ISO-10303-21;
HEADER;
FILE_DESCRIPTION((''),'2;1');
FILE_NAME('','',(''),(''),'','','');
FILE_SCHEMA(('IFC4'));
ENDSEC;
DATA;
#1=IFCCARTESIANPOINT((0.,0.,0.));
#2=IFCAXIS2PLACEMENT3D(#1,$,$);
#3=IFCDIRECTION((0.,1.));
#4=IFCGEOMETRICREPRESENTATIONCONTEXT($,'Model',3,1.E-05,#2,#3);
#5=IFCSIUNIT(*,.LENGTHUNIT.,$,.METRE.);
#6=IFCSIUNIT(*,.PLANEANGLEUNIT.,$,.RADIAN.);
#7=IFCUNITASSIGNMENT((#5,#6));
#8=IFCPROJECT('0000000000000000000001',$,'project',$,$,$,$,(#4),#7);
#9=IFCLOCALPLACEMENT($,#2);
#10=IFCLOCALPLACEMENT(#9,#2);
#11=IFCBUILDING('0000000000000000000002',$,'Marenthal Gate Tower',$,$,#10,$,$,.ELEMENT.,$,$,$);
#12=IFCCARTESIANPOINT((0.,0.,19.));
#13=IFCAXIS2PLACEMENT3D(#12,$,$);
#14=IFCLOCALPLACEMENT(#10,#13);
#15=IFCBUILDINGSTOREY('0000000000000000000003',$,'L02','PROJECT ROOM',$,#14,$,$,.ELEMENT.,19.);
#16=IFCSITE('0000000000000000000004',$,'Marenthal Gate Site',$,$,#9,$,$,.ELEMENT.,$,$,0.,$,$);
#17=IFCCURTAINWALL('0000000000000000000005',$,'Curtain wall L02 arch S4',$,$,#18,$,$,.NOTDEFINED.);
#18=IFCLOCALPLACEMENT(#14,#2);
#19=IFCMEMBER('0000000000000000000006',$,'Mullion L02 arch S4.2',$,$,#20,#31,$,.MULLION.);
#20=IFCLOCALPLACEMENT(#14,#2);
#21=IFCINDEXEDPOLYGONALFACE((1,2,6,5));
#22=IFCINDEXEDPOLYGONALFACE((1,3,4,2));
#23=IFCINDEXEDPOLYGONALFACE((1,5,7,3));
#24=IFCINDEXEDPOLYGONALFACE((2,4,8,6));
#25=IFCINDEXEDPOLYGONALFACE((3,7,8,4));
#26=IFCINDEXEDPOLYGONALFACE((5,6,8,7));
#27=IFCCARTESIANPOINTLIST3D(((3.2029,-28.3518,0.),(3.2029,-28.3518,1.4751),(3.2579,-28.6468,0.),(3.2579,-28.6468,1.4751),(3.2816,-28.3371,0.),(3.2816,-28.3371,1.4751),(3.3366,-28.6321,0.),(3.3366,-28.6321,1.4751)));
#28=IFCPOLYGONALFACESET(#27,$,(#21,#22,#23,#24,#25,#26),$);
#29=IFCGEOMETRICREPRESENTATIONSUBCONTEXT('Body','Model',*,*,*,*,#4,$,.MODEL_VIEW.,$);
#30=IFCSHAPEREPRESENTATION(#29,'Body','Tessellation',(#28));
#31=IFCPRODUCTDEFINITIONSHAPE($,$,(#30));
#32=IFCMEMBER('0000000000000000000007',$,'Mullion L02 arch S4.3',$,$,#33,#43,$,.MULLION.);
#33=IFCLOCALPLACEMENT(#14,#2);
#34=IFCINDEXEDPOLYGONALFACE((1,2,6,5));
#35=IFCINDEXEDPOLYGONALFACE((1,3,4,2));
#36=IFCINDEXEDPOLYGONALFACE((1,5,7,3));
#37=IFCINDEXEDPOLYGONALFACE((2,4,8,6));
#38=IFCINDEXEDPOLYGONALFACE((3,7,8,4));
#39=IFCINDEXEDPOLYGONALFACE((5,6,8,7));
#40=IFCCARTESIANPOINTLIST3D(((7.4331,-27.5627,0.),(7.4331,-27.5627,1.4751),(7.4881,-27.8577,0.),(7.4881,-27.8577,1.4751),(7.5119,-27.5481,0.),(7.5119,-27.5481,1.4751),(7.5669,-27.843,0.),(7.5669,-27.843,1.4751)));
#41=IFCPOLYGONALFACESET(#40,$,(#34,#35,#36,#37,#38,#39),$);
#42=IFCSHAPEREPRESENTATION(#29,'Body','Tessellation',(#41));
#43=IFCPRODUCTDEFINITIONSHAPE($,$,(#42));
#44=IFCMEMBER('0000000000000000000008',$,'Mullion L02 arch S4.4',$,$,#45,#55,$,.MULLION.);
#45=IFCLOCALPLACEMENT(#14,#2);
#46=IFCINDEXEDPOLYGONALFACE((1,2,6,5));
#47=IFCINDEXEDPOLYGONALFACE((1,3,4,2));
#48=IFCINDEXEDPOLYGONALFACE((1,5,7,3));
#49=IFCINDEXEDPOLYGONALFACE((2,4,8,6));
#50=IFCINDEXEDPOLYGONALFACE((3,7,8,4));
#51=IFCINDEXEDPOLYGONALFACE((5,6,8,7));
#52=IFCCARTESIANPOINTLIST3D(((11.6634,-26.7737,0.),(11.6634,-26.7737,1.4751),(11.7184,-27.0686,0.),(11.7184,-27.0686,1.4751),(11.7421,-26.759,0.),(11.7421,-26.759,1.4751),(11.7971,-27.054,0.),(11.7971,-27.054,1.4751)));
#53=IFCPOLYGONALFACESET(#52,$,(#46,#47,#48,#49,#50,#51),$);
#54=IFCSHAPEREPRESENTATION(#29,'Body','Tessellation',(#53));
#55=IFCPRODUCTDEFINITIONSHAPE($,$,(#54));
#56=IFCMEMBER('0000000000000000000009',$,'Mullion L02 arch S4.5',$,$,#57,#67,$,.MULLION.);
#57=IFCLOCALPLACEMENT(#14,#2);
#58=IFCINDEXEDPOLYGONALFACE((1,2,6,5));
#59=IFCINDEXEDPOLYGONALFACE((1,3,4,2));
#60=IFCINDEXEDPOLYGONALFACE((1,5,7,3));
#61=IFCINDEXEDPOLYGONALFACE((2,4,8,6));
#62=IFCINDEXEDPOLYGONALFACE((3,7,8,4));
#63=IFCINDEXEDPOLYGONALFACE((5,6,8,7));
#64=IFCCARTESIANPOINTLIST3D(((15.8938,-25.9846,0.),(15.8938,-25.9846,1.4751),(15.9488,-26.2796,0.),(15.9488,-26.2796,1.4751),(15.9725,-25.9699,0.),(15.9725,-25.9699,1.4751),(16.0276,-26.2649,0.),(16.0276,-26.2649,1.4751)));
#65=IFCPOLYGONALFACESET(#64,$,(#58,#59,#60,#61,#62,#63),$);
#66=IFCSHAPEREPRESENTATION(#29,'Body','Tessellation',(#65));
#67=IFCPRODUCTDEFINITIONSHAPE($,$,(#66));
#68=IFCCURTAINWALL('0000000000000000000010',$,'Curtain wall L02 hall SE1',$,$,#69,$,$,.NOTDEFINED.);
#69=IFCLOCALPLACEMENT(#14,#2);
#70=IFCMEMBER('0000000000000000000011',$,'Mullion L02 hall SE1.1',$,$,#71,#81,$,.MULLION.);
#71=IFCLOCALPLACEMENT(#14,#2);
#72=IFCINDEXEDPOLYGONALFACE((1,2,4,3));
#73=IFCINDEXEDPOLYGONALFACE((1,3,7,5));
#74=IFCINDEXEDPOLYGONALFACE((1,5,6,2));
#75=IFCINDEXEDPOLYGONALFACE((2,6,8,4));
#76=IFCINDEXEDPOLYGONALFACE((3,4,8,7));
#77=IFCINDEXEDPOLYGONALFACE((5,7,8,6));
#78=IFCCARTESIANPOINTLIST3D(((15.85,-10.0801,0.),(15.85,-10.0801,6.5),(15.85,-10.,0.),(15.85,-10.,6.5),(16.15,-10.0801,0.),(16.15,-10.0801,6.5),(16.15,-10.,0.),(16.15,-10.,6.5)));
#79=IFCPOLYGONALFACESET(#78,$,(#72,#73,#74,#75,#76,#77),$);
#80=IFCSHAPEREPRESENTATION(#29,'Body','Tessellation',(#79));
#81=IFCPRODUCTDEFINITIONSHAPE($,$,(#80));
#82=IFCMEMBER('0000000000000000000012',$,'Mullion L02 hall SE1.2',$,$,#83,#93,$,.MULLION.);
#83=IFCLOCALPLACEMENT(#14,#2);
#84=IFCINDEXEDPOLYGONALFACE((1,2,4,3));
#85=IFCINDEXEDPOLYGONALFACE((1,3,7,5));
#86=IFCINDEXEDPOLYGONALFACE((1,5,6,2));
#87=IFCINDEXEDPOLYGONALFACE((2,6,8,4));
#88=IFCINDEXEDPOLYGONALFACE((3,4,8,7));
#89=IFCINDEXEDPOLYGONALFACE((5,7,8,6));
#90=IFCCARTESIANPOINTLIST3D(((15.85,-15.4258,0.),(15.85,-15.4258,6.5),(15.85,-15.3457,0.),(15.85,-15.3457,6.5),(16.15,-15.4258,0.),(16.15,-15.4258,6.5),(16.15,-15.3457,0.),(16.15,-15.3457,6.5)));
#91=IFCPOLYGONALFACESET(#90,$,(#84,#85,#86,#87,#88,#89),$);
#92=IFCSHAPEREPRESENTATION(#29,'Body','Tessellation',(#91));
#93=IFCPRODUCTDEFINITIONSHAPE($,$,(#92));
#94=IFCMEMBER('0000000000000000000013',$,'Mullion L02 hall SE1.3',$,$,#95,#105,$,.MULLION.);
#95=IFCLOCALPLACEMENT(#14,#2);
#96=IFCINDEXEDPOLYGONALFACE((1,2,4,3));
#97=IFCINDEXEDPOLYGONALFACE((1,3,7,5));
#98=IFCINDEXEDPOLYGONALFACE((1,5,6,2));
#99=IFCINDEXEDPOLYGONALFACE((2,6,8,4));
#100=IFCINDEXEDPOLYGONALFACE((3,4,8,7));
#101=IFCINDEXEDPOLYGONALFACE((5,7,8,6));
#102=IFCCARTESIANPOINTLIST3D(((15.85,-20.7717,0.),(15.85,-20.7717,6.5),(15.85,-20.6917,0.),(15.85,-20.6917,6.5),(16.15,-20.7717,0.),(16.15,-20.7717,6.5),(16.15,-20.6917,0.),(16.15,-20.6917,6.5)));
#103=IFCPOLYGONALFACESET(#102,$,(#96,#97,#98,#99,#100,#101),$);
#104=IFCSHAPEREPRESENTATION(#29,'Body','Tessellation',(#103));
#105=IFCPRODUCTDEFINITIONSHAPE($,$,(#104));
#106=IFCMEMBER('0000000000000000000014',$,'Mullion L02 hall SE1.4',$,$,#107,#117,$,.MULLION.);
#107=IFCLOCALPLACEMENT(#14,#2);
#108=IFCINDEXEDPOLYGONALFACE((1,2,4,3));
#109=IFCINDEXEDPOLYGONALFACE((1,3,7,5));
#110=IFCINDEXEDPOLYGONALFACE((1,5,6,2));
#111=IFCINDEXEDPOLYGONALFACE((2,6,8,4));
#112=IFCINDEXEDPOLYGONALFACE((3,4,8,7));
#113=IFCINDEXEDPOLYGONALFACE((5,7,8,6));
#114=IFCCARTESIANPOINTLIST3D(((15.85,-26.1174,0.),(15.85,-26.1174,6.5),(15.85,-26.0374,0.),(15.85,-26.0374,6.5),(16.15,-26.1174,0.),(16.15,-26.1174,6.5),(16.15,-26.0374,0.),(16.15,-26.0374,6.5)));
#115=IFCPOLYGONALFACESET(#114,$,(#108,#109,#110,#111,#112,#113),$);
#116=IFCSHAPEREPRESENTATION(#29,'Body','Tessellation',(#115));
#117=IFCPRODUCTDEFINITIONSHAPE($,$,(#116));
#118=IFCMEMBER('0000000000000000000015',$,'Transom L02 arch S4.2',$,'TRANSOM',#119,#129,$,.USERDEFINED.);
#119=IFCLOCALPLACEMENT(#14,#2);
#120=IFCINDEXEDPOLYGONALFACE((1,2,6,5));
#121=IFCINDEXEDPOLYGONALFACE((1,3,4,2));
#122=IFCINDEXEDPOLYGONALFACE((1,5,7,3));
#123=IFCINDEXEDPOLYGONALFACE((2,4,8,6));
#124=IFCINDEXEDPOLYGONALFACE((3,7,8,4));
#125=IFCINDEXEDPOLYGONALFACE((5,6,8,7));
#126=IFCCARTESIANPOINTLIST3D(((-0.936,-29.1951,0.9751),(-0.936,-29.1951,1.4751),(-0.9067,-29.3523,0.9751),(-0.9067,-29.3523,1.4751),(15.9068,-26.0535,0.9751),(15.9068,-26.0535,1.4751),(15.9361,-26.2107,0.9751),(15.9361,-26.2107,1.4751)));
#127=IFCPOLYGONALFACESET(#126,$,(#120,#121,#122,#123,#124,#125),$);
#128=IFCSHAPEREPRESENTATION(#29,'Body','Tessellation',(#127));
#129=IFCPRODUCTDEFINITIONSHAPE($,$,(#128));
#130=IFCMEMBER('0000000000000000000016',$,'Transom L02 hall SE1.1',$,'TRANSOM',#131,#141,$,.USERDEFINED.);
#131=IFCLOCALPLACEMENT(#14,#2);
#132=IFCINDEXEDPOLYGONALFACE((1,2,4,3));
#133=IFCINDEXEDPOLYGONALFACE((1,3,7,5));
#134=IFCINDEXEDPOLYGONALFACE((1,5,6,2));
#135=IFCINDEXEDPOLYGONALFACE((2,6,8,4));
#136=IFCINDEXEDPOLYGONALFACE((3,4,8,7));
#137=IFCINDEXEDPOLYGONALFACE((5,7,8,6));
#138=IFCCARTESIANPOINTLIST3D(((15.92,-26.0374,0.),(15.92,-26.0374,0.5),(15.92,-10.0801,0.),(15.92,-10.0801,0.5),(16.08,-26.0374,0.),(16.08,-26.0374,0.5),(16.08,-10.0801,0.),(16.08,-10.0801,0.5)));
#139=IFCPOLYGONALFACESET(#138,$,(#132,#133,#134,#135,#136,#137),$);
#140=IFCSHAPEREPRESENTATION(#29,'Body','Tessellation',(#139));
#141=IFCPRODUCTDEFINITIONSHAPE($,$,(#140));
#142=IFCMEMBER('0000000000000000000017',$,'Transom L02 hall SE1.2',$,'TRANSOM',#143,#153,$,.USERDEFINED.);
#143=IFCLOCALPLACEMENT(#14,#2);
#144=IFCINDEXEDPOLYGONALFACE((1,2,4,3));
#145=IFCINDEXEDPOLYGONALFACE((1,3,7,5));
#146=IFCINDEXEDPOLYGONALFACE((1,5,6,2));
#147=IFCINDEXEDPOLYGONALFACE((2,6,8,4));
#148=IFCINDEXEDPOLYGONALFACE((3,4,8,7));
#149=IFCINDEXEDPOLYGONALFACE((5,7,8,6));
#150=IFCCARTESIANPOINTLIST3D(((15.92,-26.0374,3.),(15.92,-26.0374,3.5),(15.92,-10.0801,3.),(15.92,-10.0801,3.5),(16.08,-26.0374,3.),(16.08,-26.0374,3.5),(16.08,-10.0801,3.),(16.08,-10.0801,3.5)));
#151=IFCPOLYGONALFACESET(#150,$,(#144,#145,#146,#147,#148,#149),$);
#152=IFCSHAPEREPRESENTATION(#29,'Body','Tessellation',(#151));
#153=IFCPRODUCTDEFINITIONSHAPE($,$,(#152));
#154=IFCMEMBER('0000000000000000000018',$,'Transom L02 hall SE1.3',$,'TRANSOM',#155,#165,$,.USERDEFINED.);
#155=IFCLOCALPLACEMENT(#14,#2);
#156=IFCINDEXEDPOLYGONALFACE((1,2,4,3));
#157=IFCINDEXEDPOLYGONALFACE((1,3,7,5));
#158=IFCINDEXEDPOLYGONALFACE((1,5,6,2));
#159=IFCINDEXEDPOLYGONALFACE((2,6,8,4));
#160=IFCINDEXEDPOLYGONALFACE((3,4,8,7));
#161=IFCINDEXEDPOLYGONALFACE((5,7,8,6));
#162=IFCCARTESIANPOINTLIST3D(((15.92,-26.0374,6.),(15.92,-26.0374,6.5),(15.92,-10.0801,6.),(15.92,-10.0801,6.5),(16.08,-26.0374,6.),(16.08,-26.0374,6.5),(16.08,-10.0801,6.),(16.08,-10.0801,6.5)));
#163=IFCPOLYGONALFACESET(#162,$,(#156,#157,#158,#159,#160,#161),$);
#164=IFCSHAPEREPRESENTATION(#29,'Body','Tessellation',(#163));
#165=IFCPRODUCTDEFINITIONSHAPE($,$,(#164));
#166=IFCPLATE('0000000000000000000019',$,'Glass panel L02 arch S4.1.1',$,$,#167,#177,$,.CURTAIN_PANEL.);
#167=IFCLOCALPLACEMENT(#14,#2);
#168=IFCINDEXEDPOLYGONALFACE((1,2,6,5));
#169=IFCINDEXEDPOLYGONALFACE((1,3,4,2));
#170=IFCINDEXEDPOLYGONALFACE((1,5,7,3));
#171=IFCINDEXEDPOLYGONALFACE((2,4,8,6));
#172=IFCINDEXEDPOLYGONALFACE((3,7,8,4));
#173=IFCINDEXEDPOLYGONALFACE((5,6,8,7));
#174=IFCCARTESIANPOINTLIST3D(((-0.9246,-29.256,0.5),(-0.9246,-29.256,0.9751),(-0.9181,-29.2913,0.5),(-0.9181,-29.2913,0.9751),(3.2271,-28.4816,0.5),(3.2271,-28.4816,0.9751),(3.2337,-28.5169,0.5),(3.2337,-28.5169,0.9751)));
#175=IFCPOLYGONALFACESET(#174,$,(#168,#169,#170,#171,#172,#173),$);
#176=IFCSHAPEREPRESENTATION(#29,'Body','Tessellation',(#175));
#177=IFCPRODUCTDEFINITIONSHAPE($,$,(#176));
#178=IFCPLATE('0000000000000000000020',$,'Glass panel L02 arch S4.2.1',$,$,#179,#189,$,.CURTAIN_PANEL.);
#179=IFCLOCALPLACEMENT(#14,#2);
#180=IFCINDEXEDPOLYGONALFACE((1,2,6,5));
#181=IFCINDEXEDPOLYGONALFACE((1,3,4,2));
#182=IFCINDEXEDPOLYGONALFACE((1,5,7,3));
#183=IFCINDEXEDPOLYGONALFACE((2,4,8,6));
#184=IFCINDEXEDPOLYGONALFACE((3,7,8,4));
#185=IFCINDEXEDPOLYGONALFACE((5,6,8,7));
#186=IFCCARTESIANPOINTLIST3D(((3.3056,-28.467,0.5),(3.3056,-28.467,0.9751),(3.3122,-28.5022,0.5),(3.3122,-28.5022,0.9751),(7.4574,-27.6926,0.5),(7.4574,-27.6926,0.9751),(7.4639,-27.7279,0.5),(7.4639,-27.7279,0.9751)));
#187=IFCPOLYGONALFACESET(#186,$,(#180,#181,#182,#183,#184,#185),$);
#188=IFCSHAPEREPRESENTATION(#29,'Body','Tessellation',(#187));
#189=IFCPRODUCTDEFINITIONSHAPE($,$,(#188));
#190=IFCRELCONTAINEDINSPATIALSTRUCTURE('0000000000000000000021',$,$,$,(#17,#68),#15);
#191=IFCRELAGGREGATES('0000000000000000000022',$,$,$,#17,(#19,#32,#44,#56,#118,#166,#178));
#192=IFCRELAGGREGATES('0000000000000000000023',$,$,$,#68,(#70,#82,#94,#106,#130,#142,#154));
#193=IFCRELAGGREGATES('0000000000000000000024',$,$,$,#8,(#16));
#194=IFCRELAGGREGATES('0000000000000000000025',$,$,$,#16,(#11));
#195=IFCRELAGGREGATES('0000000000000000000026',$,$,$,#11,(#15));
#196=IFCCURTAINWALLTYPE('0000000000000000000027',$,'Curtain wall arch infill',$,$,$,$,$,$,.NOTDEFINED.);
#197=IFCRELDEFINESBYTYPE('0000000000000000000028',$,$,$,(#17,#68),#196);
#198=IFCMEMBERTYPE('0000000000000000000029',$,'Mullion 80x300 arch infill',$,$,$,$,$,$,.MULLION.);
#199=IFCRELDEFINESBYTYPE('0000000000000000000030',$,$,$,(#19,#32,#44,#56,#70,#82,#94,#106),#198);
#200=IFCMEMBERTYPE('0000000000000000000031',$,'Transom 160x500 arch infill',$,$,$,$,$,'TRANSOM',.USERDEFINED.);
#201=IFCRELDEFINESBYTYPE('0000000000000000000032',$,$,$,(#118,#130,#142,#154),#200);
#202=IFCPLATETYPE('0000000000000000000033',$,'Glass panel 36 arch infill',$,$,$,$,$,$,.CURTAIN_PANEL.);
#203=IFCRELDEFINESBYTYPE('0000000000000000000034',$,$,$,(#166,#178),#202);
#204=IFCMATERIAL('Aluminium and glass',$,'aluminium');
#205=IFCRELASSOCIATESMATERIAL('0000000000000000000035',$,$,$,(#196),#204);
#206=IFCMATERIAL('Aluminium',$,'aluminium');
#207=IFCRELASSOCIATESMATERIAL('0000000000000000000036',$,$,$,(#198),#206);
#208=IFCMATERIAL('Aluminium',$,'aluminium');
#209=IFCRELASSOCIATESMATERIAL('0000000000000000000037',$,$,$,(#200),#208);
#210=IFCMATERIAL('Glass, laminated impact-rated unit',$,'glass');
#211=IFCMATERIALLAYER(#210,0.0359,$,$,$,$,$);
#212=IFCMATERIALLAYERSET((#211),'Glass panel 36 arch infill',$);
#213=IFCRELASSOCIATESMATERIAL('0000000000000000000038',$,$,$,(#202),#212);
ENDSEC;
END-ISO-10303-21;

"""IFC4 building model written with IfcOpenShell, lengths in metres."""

from ifc_helpers import new_model, si_unit, direction, frame, origin, origin_2d, place, context, subcontext, project, spatial, rectangle, extrude, material, layer, layer_set, material_profile, profile_set, type_object, element, aggregate, save


model = new_model("IFC4")

# Units and contexts
model_context = context("Model", 3, precision=1e-05, world=origin(), true_north=direction((0.0, 1.0)))
body_context = subcontext(model_context, "Body", "Model", "MODEL_VIEW")
ifc_project = project(units=[si_unit("LENGTHUNIT", "METRE"), si_unit("PLANEANGLEUNIT", "RADIAN")], contexts=[model_context])

# Site, building, storey
site_placement = place(None, origin())
site = spatial("IfcSite", under=ifc_project, at=site_placement, Name="Marenthal Gate Site", CompositionType="ELEMENT", RefElevation=0.0)
building_placement = place(site_placement, origin())
building = spatial("IfcBuilding", under=site, at=building_placement, Name="Marenthal Gate Tower", CompositionType="ELEMENT")
storey_placement = place(building_placement, frame((0.0, 0.0, 19.0)))
storey = spatial("IfcBuildingStorey", under=building, at=storey_placement, Name="L02", Description="PROJECT ROOM", CompositionType="ELEMENT", Elevation=19.0)

# Curtain walls, members
ifc_material_1 = material(Name="Aluminium and glass", Category="aluminium")
curtain_wall_type = type_object("IfcCurtainWallType", Name="Curtain wall arch infill", PredefinedType="NOTDEFINED", material=ifc_material_1)
curtain_wall_1_placement = place(storey_placement, origin())
curtain_wall_1 = element("IfcCurtainWall", 1, at=curtain_wall_1_placement, inside=storey, type_object=curtain_wall_type, Name="Curtain wall L02 arch S4", PredefinedType="NOTDEFINED")
ifc_material_2 = material(Name="Aluminium", Category="aluminium")
ifc_material_profile_1 = material_profile(ifc_material_2, rectangle(XDim=0.3, YDim=0.0801, at=origin_2d()), Name="80x300 aluminium mullion")
ifc_profile_set_1 = profile_set([ifc_material_profile_1], Name="Aluminium")
member_type_1 = type_object("IfcMemberType", Name="Mullion 80x300 arch infill", PredefinedType="MULLION", material=ifc_profile_set_1)
member_1_placement = place(storey_placement, frame((3.2698, -28.4919, 0.0), z_axis=(0.0, 0.0, 1.0), x_axis=(-0.183357, 0.983046, 0.0)))
member_1 = element("IfcMember", 2, at=member_1_placement, type_object=member_type_1, Name="Mullion L02 arch S4.2", PredefinedType="MULLION", context=body_context, shape_type="SweptSolid", body=[
    extrude(rectangle(XDim=0.3, YDim=0.0801, at=origin_2d()), origin(), (0.0, 0.0, 1.0), 1.4751),
])
member_2_placement = place(storey_placement, frame((7.5, -27.7029, 0.0), z_axis=(0.0, 0.0, 1.0), x_axis=(-0.183357, 0.983046, 0.0)))
member_2 = element("IfcMember", 3, at=member_2_placement, type_object=member_type_1, Name="Mullion L02 arch S4.3", PredefinedType="MULLION", context=body_context, shape_type="SweptSolid", body=[
    extrude(rectangle(XDim=0.3, YDim=0.0801, at=origin_2d()), origin(), (0.0, 0.0, 1.0), 1.4751),
])
member_3_placement = place(storey_placement, frame((11.7302, -26.9138, 0.0), z_axis=(0.0, 0.0, 1.0), x_axis=(-0.183357, 0.983046, 0.0)))
member_3 = element("IfcMember", 4, at=member_3_placement, type_object=member_type_1, Name="Mullion L02 arch S4.4", PredefinedType="MULLION", context=body_context, shape_type="SweptSolid", body=[
    extrude(rectangle(XDim=0.3, YDim=0.0801, at=origin_2d()), origin(), (0.0, 0.0, 1.0), 1.4751),
])
member_4_placement = place(storey_placement, frame((15.9607, -26.1248, 0.0), z_axis=(0.0, 0.0, 1.0), x_axis=(-0.183357, 0.983046, 0.0)))
member_4 = element("IfcMember", 5, at=member_4_placement, type_object=member_type_1, Name="Mullion L02 arch S4.5", PredefinedType="MULLION", context=body_context, shape_type="SweptSolid", body=[
    extrude(rectangle(XDim=0.3, YDim=0.0801, at=origin_2d()), origin(), (0.0, 0.0, 1.0), 1.4751),
])
curtain_wall_2_placement = place(storey_placement, origin())
curtain_wall_2 = element("IfcCurtainWall", 6, at=curtain_wall_2_placement, inside=storey, type_object=curtain_wall_type, Name="Curtain wall L02 hall SE1", PredefinedType="NOTDEFINED")
member_5_placement = place(storey_placement, frame((16.0, -10.04, 0.0), z_axis=(0.0, 0.0, 1.0), x_axis=(1.0, 0.0, 0.0)))
member_5 = element("IfcMember", 7, at=member_5_placement, type_object=member_type_1, Name="Mullion L02 hall SE1.1", PredefinedType="MULLION", context=body_context, shape_type="SweptSolid", body=[
    extrude(rectangle(XDim=0.3, YDim=0.0801, at=origin_2d()), origin(), (0.0, 0.0, 1.0), 6.5),
])
member_6_placement = place(storey_placement, frame((16.0, -15.3857, 0.0), z_axis=(0.0, 0.0, 1.0), x_axis=(1.0, 0.0, 0.0)))
member_6 = element("IfcMember", 8, at=member_6_placement, type_object=member_type_1, Name="Mullion L02 hall SE1.2", PredefinedType="MULLION", context=body_context, shape_type="SweptSolid", body=[
    extrude(rectangle(XDim=0.3, YDim=0.0801, at=origin_2d()), origin(), (0.0, 0.0, 1.0), 6.5),
])
member_7_placement = place(storey_placement, frame((16.0, -20.7317, 0.0), z_axis=(0.0, 0.0, 1.0), x_axis=(1.0, 0.0, 0.0)))
member_7 = element("IfcMember", 9, at=member_7_placement, type_object=member_type_1, Name="Mullion L02 hall SE1.3", PredefinedType="MULLION", context=body_context, shape_type="SweptSolid", body=[
    extrude(rectangle(XDim=0.3, YDim=0.0801, at=origin_2d()), origin(), (0.0, 0.0, 1.0), 6.5),
])
member_8_placement = place(storey_placement, frame((16.0, -26.0774, 0.0), z_axis=(0.0, 0.0, 1.0), x_axis=(1.0, 0.0, 0.0)))
member_8 = element("IfcMember", 10, at=member_8_placement, type_object=member_type_1, Name="Mullion L02 hall SE1.4", PredefinedType="MULLION", context=body_context, shape_type="SweptSolid", body=[
    extrude(rectangle(XDim=0.3, YDim=0.0801, at=origin_2d()), origin(), (0.0, 0.0, 1.0), 6.5),
])

# Members
ifc_material_3 = material(Name="Aluminium", Category="aluminium")
ifc_material_profile_2 = material_profile(ifc_material_3, rectangle(XDim=0.1599, YDim=0.5, at=origin_2d()), Name="160x500 aluminium transom")
ifc_profile_set_2 = profile_set([ifc_material_profile_2], Name="Aluminium")
member_type_2 = type_object("IfcMemberType", Name="Transom 160x500 arch infill", ElementType="TRANSOM", PredefinedType="USERDEFINED", material=ifc_profile_set_2)
member_9_placement = place(storey_placement, frame((-0.9214, -29.2737, 1.2251), z_axis=(0.983045, 0.183363, 0.0), x_axis=(-0.183363, 0.983045, 0.0)))
member_9 = element("IfcMember", 11, at=member_9_placement, type_object=member_type_2, Name="Transom L02 arch S4.2", ObjectType="TRANSOM", PredefinedType="USERDEFINED", context=body_context, shape_type="SweptSolid", body=[
    extrude(rectangle(XDim=0.1599, YDim=0.5, at=origin_2d()), origin(), (0.0, 0.0, 1.0), 17.1333),
])
member_10_placement = place(storey_placement, frame((16.0, -10.0801, 0.25), z_axis=(0.0, -1.0, 0.0), x_axis=(1.0, 0.0, 0.0)))
member_10 = element("IfcMember", 12, at=member_10_placement, type_object=member_type_2, Name="Transom L02 hall SE1.1", ObjectType="TRANSOM", PredefinedType="USERDEFINED", context=body_context, shape_type="SweptSolid", body=[
    extrude(rectangle(XDim=0.1599, YDim=0.5, at=origin_2d()), origin(), (0.0, 0.0, 1.0), 15.9573),
])
member_11_placement = place(storey_placement, frame((16.0, -10.0801, 3.25), z_axis=(0.0, -1.0, 0.0), x_axis=(1.0, 0.0, 0.0)))
member_11 = element("IfcMember", 13, at=member_11_placement, type_object=member_type_2, Name="Transom L02 hall SE1.2", ObjectType="TRANSOM", PredefinedType="USERDEFINED", context=body_context, shape_type="SweptSolid", body=[
    extrude(rectangle(XDim=0.1599, YDim=0.5, at=origin_2d()), origin(), (0.0, 0.0, 1.0), 15.9573),
])
member_12_placement = place(storey_placement, frame((16.0, -10.0801, 6.25), z_axis=(0.0, -1.0, 0.0), x_axis=(1.0, 0.0, 0.0)))
member_12 = element("IfcMember", 14, at=member_12_placement, type_object=member_type_2, Name="Transom L02 hall SE1.3", ObjectType="TRANSOM", PredefinedType="USERDEFINED", context=body_context, shape_type="SweptSolid", body=[
    extrude(rectangle(XDim=0.1599, YDim=0.5, at=origin_2d()), origin(), (0.0, 0.0, 1.0), 15.9573),
])

# Plates
ifc_material_4 = material(Name="Glass, laminated impact-rated unit", Category="glass")
ifc_layer_1 = layer(ifc_material_4, 0.0359)
ifc_layer_set_1 = layer_set([ifc_layer_1], Name="Glass panel 36 arch infill")
plate_type = type_object("IfcPlateType", Name="Glass panel 36 arch infill", PredefinedType="CURTAIN_PANEL", material=ifc_layer_set_1)
plate_1_placement = place(storey_placement, frame((1.1545, -28.8865, 0.5), z_axis=(0.0, 0.0, 1.0), x_axis=(0.983046, 0.183357, 0.0)))
plate_1 = element("IfcPlate", 15, at=plate_1_placement, type_object=plate_type, Name="Glass panel L02 arch S4.1.1", PredefinedType="CURTAIN_PANEL", context=body_context, shape_type="SweptSolid", body=[
    extrude(rectangle(XDim=4.2234, YDim=0.0359, at=origin_2d()), origin(), (0.0, 0.0, 1.0), 0.4751),
])
plate_2_placement = place(storey_placement, frame((5.3848, -28.0974, 0.5), z_axis=(0.0, 0.0, 1.0), x_axis=(0.983046, 0.183357, 0.0)))
plate_2 = element("IfcPlate", 16, at=plate_2_placement, type_object=plate_type, Name="Glass panel L02 arch S4.2.1", PredefinedType="CURTAIN_PANEL", context=body_context, shape_type="SweptSolid", body=[
    extrude(rectangle(XDim=4.2234, YDim=0.0359, at=origin_2d()), origin(), (0.0, 0.0, 1.0), 0.4751),
])
aggregate(curtain_wall_1, [member_1, member_2, member_3, member_4, member_9, plate_1, plate_2])
aggregate(curtain_wall_2, [member_5, member_6, member_7, member_8, member_10, member_11, member_12])

save(model, "model.ifc")
